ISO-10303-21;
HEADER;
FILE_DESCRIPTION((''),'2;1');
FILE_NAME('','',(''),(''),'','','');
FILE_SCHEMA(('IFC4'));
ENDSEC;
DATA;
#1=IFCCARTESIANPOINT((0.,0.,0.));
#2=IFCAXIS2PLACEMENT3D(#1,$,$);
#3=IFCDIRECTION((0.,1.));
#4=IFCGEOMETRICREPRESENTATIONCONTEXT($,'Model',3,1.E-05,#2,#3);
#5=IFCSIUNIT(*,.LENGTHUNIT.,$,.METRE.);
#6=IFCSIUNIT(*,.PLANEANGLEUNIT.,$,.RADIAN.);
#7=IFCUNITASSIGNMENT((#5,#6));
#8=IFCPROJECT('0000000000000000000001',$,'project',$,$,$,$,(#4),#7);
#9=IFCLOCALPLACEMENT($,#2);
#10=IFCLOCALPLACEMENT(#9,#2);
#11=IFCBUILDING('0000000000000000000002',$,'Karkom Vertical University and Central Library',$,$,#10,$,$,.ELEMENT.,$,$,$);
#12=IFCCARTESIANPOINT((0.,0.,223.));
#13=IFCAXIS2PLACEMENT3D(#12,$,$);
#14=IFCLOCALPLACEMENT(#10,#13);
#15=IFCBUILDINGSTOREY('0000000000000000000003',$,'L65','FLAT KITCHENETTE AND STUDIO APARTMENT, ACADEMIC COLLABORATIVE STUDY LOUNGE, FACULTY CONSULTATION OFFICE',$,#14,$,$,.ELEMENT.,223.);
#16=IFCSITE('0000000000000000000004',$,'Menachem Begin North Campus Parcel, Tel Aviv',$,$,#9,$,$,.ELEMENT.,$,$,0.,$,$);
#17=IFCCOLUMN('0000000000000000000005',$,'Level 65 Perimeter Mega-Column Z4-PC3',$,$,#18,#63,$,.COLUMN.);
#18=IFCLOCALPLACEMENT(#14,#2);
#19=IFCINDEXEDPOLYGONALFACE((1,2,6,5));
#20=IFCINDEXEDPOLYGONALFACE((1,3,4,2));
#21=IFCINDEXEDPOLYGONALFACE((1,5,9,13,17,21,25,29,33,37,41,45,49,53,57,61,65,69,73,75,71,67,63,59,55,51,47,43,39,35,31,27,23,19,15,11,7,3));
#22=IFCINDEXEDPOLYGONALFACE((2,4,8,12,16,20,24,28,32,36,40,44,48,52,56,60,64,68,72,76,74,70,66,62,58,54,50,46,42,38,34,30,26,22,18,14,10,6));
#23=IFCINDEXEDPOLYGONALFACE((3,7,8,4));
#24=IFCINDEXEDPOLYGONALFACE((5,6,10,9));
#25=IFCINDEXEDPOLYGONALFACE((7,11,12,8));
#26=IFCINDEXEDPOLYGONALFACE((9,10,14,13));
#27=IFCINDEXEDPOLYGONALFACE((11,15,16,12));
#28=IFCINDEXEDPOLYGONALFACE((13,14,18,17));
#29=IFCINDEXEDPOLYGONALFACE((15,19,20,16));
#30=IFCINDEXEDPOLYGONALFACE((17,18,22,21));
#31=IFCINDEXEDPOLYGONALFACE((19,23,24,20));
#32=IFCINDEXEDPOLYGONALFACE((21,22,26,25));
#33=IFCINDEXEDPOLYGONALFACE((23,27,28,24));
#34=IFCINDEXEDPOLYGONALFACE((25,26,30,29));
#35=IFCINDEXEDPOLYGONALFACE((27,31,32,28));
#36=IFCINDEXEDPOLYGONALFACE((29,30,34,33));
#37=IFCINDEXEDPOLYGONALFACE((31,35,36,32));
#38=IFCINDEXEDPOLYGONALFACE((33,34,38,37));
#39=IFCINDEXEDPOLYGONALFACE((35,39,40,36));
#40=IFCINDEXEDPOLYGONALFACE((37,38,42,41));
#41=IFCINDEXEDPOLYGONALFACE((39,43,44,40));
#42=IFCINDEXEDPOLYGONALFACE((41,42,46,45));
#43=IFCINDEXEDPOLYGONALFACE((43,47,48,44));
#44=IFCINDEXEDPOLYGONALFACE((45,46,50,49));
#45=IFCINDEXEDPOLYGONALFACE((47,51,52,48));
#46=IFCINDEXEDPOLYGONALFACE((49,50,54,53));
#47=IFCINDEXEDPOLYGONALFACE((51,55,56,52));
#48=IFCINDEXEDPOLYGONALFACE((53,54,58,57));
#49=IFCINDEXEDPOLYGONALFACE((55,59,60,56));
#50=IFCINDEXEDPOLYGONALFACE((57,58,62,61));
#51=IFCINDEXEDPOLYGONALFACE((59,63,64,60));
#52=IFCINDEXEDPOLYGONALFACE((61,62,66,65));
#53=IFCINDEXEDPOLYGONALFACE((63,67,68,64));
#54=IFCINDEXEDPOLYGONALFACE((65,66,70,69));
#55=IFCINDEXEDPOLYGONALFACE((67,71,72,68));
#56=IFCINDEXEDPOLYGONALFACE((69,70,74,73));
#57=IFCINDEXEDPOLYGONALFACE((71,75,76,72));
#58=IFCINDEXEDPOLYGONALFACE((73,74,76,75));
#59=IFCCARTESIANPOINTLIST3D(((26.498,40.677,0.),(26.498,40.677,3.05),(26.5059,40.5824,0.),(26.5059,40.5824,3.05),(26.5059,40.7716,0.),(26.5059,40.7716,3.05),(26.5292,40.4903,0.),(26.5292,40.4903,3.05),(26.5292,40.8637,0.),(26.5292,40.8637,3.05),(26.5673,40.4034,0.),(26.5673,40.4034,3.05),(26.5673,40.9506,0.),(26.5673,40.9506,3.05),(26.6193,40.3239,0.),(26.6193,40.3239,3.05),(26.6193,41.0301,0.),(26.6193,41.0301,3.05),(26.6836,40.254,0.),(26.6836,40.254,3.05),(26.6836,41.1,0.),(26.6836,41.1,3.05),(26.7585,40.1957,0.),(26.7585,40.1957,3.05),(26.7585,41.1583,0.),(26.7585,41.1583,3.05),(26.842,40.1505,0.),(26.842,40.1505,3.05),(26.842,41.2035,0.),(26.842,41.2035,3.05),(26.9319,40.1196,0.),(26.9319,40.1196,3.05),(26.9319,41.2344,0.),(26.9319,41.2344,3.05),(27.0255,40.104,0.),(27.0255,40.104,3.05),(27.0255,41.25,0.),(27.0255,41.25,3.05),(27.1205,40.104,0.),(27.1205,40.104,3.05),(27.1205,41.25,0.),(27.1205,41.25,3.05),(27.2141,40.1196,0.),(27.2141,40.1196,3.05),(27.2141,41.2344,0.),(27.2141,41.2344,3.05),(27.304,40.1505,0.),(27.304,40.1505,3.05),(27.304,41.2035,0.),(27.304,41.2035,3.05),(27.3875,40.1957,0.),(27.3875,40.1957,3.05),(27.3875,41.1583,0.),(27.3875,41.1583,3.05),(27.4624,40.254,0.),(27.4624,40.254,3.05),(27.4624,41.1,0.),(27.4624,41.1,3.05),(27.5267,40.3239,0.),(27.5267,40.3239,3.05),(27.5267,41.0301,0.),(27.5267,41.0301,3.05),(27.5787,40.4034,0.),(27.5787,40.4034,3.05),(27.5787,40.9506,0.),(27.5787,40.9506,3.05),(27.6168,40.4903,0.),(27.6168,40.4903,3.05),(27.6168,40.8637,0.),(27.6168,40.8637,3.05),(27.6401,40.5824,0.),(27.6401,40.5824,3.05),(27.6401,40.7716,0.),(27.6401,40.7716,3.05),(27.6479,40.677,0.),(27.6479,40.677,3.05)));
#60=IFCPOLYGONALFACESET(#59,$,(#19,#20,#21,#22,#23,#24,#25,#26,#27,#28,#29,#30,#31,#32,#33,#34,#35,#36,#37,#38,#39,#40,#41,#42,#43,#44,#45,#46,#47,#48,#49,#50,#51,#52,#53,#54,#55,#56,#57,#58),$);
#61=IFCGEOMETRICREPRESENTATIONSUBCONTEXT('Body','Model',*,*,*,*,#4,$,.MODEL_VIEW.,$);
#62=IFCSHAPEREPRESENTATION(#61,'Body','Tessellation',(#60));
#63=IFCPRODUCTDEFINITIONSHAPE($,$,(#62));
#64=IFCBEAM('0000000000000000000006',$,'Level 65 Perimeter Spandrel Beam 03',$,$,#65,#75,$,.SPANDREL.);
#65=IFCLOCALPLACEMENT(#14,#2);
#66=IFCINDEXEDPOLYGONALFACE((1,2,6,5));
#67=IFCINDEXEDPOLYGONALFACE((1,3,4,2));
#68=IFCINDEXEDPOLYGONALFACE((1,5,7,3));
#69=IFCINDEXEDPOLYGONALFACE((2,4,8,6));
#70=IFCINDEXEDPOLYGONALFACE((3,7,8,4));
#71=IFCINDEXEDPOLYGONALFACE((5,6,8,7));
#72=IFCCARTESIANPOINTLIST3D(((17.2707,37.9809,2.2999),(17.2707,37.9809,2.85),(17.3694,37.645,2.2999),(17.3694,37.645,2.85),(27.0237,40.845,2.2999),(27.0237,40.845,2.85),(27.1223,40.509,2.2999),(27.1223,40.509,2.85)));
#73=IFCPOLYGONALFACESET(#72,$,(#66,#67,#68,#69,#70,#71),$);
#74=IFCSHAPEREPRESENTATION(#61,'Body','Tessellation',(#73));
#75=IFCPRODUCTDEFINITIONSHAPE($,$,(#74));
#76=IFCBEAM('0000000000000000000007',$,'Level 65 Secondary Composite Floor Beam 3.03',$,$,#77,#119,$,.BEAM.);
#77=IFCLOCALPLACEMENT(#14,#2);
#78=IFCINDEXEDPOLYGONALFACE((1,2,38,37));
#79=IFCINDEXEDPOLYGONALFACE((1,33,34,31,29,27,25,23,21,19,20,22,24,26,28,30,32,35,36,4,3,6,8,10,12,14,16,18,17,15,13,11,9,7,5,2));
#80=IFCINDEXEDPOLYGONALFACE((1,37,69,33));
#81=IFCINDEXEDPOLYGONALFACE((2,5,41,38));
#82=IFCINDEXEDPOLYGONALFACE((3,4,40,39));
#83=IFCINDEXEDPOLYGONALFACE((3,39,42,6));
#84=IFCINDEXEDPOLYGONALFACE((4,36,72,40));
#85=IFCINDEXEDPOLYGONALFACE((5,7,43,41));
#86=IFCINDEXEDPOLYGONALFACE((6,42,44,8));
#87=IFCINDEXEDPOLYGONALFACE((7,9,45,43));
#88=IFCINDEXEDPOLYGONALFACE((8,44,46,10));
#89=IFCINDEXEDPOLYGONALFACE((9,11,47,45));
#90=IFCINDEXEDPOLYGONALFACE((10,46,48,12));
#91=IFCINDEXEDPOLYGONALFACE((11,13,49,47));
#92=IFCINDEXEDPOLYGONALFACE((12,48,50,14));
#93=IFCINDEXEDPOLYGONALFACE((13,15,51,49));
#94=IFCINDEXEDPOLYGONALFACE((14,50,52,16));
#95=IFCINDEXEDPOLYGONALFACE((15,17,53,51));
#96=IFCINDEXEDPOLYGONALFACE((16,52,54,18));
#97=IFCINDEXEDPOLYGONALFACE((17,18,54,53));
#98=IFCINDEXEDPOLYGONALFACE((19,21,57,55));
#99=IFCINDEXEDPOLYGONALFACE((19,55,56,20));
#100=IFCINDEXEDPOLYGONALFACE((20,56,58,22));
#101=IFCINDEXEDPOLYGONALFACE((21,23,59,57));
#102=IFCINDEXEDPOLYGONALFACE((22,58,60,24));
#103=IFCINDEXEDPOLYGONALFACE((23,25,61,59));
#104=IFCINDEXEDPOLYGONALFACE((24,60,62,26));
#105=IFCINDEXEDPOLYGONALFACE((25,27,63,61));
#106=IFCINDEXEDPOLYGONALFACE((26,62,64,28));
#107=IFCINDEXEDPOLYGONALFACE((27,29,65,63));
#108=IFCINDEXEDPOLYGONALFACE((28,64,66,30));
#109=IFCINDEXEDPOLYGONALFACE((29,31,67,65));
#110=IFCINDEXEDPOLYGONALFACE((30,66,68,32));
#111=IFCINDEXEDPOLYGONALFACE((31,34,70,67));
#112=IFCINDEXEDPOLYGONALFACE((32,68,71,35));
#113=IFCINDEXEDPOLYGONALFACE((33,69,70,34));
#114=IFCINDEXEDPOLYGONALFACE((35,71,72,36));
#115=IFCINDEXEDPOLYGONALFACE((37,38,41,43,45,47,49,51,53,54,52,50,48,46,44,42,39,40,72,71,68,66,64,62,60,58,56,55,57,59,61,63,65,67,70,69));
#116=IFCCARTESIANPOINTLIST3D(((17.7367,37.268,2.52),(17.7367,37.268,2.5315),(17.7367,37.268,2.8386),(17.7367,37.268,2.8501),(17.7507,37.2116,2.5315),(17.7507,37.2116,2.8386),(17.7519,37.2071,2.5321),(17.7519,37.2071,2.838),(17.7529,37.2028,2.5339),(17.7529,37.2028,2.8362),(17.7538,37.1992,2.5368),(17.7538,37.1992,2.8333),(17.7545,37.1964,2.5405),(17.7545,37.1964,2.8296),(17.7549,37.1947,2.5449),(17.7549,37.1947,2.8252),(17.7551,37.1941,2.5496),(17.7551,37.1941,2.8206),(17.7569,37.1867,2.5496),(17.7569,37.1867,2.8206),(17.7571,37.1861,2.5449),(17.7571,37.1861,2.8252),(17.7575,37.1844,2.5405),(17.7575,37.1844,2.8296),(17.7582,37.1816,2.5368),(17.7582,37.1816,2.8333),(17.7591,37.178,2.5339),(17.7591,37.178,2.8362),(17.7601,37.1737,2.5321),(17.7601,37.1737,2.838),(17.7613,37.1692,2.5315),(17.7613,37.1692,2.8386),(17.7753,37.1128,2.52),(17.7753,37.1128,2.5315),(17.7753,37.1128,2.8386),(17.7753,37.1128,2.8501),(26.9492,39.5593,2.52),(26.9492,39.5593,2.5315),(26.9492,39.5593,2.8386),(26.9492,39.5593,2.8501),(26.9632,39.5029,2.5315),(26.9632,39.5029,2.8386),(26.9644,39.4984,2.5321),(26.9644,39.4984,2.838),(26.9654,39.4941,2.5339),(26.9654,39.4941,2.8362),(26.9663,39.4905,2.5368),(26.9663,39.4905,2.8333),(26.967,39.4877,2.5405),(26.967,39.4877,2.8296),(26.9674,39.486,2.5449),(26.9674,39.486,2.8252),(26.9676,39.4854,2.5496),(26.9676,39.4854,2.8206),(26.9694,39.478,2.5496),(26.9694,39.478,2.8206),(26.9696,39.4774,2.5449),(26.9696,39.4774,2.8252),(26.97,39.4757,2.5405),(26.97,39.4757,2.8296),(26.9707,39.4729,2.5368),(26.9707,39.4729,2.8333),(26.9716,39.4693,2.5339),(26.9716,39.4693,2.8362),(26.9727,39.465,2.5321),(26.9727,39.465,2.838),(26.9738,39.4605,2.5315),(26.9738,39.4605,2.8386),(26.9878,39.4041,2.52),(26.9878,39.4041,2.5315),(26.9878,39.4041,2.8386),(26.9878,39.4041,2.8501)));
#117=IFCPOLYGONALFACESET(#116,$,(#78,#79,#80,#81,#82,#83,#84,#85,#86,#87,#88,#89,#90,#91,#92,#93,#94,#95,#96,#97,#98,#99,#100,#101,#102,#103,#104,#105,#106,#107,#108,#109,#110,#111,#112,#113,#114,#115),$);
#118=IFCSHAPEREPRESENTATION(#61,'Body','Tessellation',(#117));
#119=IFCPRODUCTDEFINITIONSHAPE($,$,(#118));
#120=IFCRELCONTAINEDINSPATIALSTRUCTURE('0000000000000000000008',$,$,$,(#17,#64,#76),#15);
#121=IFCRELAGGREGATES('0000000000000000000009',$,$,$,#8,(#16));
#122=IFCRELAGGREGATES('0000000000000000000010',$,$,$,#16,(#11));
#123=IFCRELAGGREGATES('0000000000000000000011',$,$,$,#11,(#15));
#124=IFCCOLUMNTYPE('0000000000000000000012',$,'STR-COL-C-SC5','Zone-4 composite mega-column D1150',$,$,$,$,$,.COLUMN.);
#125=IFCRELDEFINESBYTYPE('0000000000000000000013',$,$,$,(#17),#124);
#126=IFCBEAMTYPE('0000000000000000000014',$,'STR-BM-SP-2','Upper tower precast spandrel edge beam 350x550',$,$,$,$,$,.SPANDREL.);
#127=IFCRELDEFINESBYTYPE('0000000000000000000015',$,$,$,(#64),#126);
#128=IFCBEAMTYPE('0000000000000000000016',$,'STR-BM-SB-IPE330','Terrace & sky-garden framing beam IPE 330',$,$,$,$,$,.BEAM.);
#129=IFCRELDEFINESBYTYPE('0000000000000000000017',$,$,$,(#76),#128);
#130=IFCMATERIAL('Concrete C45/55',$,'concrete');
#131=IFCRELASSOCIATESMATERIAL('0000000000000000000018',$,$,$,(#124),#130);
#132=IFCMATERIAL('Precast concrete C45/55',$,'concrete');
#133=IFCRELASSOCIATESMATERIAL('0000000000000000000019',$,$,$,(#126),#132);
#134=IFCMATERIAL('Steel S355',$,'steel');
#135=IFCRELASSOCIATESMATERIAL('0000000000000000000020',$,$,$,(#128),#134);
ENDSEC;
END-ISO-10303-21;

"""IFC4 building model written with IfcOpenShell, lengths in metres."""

from ifc_helpers import new_model, si_unit, direction, frame, origin, origin_with_axes, origin_2d, place, context, subcontext, project, spatial, rectangle, circle, i_section, extrude, source, transform, mapped, material, material_profile, profile_set, type_object, element, save


model = new_model("IFC4")

# Units and contexts
model_context = context("Model", 3, precision=1e-05, world=origin(), true_north=direction((0.0, 1.0)))
body_context = subcontext(model_context, "Body", "Model", "MODEL_VIEW")
ifc_project = project(units=[si_unit("LENGTHUNIT", "METRE"), si_unit("PLANEANGLEUNIT", "RADIAN")], contexts=[model_context])

# Site, building, storey
site_placement = place(None, origin())
site = spatial("IfcSite", under=ifc_project, at=site_placement, Name="Menachem Begin North Campus Parcel, Tel Aviv", CompositionType="ELEMENT", RefElevation=0.0)
building_placement = place(site_placement, origin())
building = spatial("IfcBuilding", under=site, at=building_placement, Name="Karkom Vertical University and Central Library", CompositionType="ELEMENT")
storey_placement = place(building_placement, frame((0.0, 0.0, 223.0)))
storey = spatial("IfcBuildingStorey", under=building, at=storey_placement, Name="L65", Description="FLAT KITCHENETTE AND STUDIO APARTMENT, ACADEMIC COLLABORATIVE STUDY LOUNGE, FACULTY CONSULTATION OFFICE", CompositionType="ELEMENT", Elevation=223.0)

# Column
ifc_material_1 = material(Name="Concrete C45/55", Category="concrete")
ifc_material_profile_1 = material_profile(ifc_material_1, circle(Radius=0.575, at=origin_2d()), Name="CFT-D1150")
ifc_profile_set_1 = profile_set([ifc_material_profile_1], Name="Concrete C45/55")
column_type = type_object("IfcColumnType", Name="STR-COL-C-SC5", Description="Zone-4 composite mega-column D1150", PredefinedType="COLUMN", material=ifc_profile_set_1)
shared_shape_1 = source(origin_with_axes(), body_context, "Body", "SweptSolid", [
    extrude(circle(Radius=0.575, at=origin_2d()), origin(), (0.0, 0.0, 1.0), 3.05),
])
column_placement = place(storey_placement, frame((27.073, 40.677, 0.0), z_axis=(0.0, 0.0, 1.0), x_axis=(1.0, 0.0, 0.0)))
element("IfcColumn", 1, at=column_placement, inside=storey, type_object=column_type, Name="Level 65 Perimeter Mega-Column Z4-PC3", PredefinedType="COLUMN", context=body_context, shape_type="MappedRepresentation", body=[
    mapped(shared_shape_1, transform((0.0, 0.0, 0.0), scale=1.0)),
])

# Beams
ifc_material_2 = material(Name="Precast concrete C45/55", Category="concrete")
ifc_material_profile_2 = material_profile(ifc_material_2, rectangle(XDim=0.3501, YDim=0.55, at=origin_2d()), Name="SPB-350x550")
ifc_profile_set_2 = profile_set([ifc_material_profile_2], Name="Precast concrete C45/55")
beam_type_1 = type_object("IfcBeamType", Name="STR-BM-SP-2", Description="Upper tower precast spandrel edge beam 350x550", PredefinedType="SPANDREL", material=ifc_profile_set_2)
shared_shape_2 = source(origin_with_axes(), body_context, "Body", "SweptSolid", [
    extrude(rectangle(XDim=0.3501, YDim=0.55, at=origin_2d()), origin(), (0.0, 0.0, 1.0), 10.1648),
])
beam_1_placement = place(storey_placement, frame((27.073, 40.677, 2.575), z_axis=(-0.959485, -0.281759, 0.0), x_axis=(0.281759, -0.959485, 0.0)))
element("IfcBeam", 2, at=beam_1_placement, inside=storey, type_object=beam_type_1, Name="Level 65 Perimeter Spandrel Beam 03", PredefinedType="SPANDREL", context=body_context, shape_type="MappedRepresentation", body=[
    mapped(shared_shape_2, transform((0.0, 0.0, 0.0), scale=1.0)),
])
ifc_material_3 = material(Name="Steel S355", Category="steel")
ifc_material_profile_3 = material_profile(ifc_material_3, i_section(OverallWidth=0.1599, OverallDepth=0.3301, WebThickness=0.0076, FlangeThickness=0.0115, FilletRadius=0.0181, at=origin_2d()), Name="IPE 330")
ifc_profile_set_3 = profile_set([ifc_material_profile_3], Name="Steel S355")
beam_type_2 = type_object("IfcBeamType", Name="STR-BM-SB-IPE330", Description="Terrace & sky-garden framing beam IPE 330", PredefinedType="BEAM", material=ifc_profile_set_3)
shared_shape_3 = source(origin_with_axes(), body_context, "Body", "SweptSolid", [
    extrude(i_section(OverallWidth=0.1599, OverallDepth=0.3301, WebThickness=0.0076, FlangeThickness=0.0115, FilletRadius=0.0181, at=origin_2d()), origin(), (0.0, 0.0, 1.0), 9.4932),
])
beam_2_placement = place(storey_placement, frame((26.9685, 39.4817, 2.6851), z_axis=(-0.970435, -0.241362, 0.0), x_axis=(0.241362, -0.970435, 0.0)))
element("IfcBeam", 3, at=beam_2_placement, inside=storey, type_object=beam_type_2, Name="Level 65 Secondary Composite Floor Beam 3.03", PredefinedType="BEAM", context=body_context, shape_type="MappedRepresentation", body=[
    mapped(shared_shape_3, transform((0.0, 0.0, 0.0), scale=1.0)),
])

save(model, "model.ifc")
